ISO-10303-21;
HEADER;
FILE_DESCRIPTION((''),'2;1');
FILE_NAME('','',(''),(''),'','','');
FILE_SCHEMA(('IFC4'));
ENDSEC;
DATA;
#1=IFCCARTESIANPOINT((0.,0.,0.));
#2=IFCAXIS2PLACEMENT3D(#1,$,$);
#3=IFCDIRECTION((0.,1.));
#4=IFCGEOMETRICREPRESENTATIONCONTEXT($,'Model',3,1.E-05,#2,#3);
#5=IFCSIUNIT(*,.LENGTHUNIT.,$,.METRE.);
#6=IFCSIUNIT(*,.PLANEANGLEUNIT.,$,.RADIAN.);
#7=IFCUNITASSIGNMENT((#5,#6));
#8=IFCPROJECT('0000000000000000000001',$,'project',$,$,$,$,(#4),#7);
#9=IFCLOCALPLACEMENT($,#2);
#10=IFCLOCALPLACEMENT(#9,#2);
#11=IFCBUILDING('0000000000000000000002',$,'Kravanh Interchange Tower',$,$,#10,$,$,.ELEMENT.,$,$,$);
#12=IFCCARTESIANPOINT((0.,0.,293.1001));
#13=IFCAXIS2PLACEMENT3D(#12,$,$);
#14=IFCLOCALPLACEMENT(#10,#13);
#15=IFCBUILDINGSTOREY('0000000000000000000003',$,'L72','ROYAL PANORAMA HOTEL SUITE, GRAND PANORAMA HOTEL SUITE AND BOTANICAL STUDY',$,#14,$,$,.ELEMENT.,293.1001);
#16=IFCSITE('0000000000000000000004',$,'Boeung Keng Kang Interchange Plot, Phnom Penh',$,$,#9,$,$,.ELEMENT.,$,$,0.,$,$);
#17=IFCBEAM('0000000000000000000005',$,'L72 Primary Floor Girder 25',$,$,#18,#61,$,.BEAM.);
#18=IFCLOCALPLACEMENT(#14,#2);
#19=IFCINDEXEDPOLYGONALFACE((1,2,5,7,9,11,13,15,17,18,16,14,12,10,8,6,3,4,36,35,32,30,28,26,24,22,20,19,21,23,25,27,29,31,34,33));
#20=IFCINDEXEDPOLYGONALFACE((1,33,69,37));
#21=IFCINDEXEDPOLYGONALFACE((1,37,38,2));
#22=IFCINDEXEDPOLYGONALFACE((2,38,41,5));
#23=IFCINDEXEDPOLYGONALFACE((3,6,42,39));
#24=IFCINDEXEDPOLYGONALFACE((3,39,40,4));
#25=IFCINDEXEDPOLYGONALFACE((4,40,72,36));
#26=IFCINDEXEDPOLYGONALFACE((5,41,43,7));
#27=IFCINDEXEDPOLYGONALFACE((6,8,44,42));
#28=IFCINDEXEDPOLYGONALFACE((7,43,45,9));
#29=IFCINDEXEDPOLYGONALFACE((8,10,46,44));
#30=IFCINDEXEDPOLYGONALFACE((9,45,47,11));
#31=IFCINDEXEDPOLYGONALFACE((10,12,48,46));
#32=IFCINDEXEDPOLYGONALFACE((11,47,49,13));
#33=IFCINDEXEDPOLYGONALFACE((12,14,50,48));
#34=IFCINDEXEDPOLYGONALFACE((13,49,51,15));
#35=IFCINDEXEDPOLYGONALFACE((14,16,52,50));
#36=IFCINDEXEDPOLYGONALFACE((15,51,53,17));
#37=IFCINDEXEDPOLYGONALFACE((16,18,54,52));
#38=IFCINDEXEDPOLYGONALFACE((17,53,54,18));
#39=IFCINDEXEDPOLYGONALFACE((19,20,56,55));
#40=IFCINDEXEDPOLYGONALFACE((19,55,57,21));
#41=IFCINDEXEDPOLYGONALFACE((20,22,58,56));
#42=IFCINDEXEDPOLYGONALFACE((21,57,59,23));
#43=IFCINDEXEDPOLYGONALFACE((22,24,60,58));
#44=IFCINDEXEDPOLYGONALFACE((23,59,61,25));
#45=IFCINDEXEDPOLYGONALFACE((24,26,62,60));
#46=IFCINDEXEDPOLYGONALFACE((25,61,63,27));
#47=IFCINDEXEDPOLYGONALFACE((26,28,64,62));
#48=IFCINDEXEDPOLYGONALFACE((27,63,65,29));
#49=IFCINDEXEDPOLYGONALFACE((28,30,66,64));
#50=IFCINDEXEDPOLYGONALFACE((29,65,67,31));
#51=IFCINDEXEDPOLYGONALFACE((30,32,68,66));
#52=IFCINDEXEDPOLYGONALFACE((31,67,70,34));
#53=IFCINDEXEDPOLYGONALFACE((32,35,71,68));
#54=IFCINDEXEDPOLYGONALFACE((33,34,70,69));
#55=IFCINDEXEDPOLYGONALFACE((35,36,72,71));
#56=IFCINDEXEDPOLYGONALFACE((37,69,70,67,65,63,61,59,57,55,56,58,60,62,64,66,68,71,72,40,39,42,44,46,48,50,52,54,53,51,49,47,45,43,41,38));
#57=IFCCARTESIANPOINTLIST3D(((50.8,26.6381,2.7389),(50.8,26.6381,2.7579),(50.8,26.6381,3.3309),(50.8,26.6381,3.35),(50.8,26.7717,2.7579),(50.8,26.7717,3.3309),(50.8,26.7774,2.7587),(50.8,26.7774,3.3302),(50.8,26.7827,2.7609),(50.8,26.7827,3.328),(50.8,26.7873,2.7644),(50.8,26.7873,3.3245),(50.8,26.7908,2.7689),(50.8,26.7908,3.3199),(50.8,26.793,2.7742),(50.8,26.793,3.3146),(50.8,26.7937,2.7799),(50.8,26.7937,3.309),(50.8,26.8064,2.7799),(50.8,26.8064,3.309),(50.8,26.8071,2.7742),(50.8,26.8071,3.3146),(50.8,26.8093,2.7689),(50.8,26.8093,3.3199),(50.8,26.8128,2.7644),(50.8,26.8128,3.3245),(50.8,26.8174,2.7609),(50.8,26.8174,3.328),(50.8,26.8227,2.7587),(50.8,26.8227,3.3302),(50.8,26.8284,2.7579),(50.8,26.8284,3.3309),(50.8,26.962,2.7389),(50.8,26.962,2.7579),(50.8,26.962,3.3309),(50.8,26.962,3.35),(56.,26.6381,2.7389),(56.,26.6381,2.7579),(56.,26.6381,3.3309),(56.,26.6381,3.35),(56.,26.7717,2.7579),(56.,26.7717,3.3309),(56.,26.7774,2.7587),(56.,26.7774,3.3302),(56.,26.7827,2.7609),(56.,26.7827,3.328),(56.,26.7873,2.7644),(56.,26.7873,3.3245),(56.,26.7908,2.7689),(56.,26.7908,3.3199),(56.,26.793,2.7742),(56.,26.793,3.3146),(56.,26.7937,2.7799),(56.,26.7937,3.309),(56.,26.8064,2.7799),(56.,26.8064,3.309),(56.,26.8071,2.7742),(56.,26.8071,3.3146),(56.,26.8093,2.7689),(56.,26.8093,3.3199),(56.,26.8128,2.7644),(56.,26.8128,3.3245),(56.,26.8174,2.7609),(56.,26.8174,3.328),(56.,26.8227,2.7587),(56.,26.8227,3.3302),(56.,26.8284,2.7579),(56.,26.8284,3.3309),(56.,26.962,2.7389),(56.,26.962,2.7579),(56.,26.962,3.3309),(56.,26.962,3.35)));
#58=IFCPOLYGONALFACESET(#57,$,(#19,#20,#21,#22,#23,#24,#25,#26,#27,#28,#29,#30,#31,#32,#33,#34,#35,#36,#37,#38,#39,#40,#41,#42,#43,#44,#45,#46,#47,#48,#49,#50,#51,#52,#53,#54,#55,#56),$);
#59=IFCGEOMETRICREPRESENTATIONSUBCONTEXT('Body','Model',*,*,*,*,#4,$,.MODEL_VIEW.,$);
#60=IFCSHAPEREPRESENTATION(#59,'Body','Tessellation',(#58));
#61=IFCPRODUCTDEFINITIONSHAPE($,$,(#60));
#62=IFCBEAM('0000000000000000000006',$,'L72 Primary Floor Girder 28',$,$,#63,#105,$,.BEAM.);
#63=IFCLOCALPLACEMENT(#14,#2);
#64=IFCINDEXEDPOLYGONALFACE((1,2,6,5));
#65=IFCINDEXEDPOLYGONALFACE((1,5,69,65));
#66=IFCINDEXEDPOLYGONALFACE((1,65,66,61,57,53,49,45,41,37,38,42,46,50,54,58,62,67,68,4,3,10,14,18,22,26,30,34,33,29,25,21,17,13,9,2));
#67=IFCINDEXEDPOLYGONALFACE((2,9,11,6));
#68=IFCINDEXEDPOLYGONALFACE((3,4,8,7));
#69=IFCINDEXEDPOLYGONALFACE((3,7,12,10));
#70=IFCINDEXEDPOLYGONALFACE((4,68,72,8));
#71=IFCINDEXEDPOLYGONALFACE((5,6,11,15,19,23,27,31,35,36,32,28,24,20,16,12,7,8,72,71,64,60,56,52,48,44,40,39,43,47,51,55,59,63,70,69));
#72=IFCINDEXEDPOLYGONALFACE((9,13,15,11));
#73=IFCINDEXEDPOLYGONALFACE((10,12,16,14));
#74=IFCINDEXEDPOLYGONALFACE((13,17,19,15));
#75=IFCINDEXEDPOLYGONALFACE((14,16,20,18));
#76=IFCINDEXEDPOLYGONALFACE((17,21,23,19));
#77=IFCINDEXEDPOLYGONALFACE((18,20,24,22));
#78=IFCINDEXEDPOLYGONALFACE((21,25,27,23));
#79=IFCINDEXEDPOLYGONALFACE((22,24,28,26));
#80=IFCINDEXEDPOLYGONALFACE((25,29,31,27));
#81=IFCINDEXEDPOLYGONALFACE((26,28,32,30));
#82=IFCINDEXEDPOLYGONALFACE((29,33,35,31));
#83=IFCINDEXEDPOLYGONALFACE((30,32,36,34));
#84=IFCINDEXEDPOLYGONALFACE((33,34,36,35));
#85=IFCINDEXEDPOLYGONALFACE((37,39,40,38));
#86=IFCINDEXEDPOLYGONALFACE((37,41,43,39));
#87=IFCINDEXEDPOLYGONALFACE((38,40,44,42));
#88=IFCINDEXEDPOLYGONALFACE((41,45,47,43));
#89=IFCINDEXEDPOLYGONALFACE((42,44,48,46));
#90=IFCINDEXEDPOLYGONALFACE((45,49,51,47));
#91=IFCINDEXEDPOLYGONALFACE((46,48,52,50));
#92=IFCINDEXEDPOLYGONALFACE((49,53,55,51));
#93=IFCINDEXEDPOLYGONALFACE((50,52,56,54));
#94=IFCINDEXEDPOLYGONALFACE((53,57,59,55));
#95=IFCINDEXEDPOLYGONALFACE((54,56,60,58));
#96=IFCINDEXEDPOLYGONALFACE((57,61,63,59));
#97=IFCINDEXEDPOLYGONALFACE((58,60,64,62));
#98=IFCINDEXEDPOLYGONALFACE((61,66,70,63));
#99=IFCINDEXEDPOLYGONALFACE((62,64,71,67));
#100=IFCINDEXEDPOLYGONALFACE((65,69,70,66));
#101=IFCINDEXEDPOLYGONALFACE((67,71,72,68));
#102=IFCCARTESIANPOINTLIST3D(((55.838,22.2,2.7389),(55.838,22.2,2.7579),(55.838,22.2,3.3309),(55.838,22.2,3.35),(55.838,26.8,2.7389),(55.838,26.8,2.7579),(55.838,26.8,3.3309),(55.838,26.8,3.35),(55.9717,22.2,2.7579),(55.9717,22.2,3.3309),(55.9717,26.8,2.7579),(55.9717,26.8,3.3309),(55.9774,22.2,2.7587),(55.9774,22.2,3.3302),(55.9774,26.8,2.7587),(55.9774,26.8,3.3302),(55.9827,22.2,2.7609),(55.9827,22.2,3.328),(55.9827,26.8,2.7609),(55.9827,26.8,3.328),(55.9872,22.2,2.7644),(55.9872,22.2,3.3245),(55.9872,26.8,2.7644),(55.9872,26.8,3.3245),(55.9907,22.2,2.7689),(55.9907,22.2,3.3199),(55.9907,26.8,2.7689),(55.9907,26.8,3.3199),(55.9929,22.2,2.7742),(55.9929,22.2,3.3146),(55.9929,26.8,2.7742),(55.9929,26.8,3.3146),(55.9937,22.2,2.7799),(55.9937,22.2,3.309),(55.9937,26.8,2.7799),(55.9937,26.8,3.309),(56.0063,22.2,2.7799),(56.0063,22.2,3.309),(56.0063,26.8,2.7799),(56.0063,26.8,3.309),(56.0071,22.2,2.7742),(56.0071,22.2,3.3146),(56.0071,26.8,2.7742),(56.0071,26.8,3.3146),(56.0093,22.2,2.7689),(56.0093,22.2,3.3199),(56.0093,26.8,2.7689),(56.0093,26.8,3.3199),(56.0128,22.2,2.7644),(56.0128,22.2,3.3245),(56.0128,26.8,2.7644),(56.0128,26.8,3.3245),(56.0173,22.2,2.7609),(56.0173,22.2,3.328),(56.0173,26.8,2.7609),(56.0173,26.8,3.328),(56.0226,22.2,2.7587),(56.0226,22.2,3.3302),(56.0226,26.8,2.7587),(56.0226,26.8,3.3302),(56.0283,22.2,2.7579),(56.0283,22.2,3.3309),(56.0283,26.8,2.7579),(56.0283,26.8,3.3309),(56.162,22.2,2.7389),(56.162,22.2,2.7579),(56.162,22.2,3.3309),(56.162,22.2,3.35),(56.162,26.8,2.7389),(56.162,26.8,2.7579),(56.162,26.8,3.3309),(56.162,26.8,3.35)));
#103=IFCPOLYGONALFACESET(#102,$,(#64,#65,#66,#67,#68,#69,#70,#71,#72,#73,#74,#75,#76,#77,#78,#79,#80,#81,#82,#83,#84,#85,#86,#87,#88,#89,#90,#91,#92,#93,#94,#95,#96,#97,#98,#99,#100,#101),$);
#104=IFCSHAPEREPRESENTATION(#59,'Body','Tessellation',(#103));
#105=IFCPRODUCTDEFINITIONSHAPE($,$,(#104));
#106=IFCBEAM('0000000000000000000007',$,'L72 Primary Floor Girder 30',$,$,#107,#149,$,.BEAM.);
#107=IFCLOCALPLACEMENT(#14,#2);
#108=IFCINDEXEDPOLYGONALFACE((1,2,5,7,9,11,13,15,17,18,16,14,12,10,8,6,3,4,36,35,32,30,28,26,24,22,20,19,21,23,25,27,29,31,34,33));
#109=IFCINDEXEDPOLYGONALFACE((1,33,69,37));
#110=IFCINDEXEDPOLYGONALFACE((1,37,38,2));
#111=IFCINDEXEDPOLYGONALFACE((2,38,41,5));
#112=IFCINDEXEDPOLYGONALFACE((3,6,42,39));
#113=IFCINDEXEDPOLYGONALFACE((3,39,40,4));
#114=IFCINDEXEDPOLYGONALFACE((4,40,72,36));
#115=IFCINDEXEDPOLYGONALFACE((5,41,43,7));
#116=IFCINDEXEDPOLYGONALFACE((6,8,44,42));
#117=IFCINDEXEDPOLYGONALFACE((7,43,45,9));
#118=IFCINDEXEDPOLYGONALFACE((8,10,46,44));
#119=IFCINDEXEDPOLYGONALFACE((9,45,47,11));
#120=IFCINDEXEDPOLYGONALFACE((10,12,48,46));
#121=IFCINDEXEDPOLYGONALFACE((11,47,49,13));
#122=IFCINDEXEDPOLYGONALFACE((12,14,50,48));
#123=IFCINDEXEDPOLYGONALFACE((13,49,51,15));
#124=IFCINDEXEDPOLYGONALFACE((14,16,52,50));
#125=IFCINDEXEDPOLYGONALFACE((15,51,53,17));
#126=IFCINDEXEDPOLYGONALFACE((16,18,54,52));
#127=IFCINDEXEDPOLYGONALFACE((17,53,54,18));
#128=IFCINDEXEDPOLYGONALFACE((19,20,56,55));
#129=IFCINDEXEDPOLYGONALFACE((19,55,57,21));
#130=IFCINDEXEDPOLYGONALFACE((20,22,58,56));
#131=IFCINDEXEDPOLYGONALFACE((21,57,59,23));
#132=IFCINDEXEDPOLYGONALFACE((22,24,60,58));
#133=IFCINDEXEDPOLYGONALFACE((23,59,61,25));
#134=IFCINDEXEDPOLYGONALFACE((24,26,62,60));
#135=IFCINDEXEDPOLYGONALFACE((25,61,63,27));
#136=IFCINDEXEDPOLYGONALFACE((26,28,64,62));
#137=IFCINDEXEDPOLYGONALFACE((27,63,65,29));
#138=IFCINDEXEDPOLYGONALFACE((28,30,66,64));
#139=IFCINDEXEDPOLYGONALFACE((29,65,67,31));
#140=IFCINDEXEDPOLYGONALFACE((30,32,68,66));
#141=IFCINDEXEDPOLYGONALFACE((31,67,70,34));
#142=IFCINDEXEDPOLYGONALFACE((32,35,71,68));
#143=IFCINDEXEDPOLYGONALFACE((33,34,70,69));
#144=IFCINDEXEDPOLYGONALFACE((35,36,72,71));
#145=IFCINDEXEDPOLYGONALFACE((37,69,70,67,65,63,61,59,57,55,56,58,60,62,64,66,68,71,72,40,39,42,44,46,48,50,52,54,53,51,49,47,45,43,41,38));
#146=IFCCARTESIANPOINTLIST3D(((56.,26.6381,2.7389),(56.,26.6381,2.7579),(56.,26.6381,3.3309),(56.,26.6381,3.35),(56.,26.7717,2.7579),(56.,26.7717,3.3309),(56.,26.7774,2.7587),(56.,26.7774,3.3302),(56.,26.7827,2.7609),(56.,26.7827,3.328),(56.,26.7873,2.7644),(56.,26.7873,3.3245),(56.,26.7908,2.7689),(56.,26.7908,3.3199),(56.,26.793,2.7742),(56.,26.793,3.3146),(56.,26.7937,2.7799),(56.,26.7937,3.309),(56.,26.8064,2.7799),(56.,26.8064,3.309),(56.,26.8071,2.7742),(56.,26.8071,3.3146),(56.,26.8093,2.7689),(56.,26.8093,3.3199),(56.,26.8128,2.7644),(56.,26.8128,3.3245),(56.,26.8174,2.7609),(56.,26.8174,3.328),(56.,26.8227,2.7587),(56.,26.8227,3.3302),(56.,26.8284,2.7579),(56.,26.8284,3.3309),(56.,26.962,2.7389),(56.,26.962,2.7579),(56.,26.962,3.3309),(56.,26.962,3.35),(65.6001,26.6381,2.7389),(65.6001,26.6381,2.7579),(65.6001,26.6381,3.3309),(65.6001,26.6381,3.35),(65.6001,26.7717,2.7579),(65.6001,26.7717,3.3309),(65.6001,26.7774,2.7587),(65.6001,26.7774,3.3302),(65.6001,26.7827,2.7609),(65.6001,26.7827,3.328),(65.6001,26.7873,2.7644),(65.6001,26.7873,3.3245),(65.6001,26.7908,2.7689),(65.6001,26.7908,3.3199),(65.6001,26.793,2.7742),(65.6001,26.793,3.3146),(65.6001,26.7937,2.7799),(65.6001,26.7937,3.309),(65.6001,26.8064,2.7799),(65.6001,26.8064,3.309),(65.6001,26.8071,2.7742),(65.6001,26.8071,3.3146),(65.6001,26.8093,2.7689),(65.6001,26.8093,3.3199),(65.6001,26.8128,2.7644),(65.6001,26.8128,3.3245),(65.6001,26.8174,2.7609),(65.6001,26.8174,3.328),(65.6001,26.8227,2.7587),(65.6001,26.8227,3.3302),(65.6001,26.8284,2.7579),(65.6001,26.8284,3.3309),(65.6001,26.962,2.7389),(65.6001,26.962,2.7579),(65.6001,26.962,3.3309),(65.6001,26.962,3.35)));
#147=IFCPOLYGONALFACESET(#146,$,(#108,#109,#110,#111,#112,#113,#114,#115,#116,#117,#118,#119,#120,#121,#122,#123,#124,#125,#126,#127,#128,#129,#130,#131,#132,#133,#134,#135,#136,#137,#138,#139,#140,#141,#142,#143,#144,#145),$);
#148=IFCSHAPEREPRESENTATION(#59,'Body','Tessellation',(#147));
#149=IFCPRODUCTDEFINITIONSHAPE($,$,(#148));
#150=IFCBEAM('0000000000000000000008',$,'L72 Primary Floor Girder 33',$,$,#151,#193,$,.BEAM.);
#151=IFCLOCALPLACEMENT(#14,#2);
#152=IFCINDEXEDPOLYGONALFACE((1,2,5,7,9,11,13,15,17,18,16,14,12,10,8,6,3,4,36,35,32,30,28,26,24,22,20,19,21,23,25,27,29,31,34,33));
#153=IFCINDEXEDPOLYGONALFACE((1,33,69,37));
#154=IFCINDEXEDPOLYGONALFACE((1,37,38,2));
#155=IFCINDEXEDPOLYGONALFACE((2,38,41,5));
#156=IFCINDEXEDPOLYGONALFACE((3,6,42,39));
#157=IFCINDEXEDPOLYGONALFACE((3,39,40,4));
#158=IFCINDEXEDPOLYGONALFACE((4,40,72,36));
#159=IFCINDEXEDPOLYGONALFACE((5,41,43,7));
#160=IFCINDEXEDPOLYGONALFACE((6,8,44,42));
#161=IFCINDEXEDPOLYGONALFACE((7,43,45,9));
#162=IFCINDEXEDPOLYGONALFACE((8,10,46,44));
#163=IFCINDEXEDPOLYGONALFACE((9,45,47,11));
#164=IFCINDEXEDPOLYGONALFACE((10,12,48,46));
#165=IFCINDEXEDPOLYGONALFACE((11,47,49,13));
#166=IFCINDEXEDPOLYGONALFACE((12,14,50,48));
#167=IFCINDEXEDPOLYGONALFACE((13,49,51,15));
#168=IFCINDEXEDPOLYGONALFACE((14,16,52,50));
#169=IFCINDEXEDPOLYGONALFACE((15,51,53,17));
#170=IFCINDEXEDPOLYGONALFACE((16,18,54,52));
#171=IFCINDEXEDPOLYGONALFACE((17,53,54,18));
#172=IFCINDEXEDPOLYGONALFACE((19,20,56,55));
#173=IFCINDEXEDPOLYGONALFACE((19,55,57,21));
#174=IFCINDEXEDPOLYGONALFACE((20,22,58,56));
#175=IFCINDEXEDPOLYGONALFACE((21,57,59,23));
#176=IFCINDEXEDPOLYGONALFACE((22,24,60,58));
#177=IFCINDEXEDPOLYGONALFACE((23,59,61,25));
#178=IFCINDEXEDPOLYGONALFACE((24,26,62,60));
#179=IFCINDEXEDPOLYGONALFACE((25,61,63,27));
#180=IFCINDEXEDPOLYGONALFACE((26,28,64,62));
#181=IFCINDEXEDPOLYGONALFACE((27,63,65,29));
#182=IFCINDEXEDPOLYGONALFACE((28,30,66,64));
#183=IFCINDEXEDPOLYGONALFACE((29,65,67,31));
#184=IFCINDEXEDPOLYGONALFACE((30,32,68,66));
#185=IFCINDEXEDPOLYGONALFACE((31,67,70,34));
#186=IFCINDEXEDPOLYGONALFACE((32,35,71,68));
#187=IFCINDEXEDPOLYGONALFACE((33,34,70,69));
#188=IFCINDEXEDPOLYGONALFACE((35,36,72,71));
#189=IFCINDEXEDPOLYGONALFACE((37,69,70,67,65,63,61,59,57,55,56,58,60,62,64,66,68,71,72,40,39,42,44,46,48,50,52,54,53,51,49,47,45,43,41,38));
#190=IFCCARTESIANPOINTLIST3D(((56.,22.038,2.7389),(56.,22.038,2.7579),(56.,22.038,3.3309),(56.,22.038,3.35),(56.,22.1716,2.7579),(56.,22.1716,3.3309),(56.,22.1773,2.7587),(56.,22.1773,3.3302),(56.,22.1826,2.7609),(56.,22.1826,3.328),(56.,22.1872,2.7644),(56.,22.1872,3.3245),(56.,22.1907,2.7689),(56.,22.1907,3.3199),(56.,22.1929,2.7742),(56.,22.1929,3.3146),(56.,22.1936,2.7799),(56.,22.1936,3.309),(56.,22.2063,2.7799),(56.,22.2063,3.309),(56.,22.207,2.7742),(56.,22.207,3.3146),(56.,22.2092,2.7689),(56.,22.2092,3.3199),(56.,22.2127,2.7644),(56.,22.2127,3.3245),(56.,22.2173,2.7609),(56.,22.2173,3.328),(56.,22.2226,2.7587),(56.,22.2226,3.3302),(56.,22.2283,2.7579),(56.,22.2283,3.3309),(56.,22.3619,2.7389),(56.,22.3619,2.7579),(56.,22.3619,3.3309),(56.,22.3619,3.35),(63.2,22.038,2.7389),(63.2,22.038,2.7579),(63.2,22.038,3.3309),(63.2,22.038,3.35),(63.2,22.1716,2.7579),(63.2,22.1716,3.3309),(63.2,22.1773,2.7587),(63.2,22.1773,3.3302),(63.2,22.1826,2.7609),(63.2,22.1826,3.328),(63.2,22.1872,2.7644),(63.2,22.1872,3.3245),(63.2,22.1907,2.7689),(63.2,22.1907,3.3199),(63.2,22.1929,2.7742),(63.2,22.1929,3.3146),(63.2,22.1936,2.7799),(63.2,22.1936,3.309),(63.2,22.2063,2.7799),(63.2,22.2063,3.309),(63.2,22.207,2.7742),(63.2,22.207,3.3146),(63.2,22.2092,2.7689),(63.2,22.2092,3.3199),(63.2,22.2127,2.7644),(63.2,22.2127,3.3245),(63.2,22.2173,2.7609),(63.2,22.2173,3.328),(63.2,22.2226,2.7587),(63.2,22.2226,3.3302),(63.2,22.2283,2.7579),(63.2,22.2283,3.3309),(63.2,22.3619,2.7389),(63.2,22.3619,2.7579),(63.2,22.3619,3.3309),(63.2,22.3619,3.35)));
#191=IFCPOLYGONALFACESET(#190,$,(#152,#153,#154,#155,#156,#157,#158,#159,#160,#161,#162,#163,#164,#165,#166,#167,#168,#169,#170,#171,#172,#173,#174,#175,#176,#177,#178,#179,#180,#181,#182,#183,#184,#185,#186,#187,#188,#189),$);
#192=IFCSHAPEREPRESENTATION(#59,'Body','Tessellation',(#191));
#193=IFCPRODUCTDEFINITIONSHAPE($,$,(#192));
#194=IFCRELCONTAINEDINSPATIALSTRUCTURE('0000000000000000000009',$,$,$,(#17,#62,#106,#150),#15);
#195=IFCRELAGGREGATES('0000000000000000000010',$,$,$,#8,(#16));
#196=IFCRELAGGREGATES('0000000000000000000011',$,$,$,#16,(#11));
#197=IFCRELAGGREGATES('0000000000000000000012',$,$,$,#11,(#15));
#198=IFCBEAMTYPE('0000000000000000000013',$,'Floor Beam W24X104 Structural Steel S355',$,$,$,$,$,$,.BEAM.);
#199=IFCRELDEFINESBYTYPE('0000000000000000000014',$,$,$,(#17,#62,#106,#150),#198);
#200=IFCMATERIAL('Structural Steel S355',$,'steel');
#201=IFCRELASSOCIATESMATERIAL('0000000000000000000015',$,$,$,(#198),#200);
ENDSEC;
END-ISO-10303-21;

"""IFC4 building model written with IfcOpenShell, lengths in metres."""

from ifc_helpers import new_model, si_unit, direction, frame, origin, origin_2d, place, context, subcontext, project, spatial, i_section, extrude, material, material_profile, profile_set, type_object, element, save


model = new_model("IFC4")

# Units and contexts
model_context = context("Model", 3, precision=1e-05, world=origin(), true_north=direction((0.0, 1.0)))
body_context = subcontext(model_context, "Body", "Model", "MODEL_VIEW")
ifc_project = project(units=[si_unit("LENGTHUNIT", "METRE"), si_unit("PLANEANGLEUNIT", "RADIAN")], contexts=[model_context])

# Site, building, storey
site_placement = place(None, origin())
site = spatial("IfcSite", under=ifc_project, at=site_placement, Name="Boeung Keng Kang Interchange Plot, Phnom Penh", CompositionType="ELEMENT", RefElevation=0.0)
building_placement = place(site_placement, origin())
building = spatial("IfcBuilding", under=site, at=building_placement, Name="Kravanh Interchange Tower", CompositionType="ELEMENT")
storey_placement = place(building_placement, frame((0.0, 0.0, 293.1001)))
storey = spatial("IfcBuildingStorey", under=building, at=storey_placement, Name="L72", Description="ROYAL PANORAMA HOTEL SUITE, GRAND PANORAMA HOTEL SUITE AND BOTANICAL STUDY", CompositionType="ELEMENT", Elevation=293.1001)

# Beams
ifc_material_1 = material(Name="Structural Steel S355", Category="steel")
ifc_material_profile_1 = material_profile(ifc_material_1, i_section(OverallWidth=0.324, OverallDepth=0.6111, WebThickness=0.0127, FlangeThickness=0.019, FilletRadius=0.022, at=origin_2d()), Name="W24X104")
ifc_profile_set_1 = profile_set([ifc_material_profile_1], Name="Structural Steel S355")
beam_type_1 = type_object("IfcBeamType", Name="Floor Beam W24X104 Structural Steel S355", PredefinedType="BEAM", material=ifc_profile_set_1)
beam_1_placement = place(storey_placement, frame((50.8, 26.8, 3.0444), z_axis=(1.0, 0.0, 0.0), x_axis=(0.0, 1.0, 0.0)))
element("IfcBeam", 1, at=beam_1_placement, inside=storey, type_object=beam_type_1, Name="L72 Primary Floor Girder 25", PredefinedType="BEAM", context=body_context, shape_type="SweptSolid", body=[
    extrude(i_section(OverallWidth=0.324, OverallDepth=0.6111, WebThickness=0.0127, FlangeThickness=0.019, FilletRadius=0.022, at=origin_2d()), origin(), (0.0, 0.0, 1.0), 5.2),
])
beam_2_placement = place(storey_placement, frame((56.0, 26.8, 3.0444), z_axis=(0.0, -1.0, 0.0), x_axis=(1.0, 0.0, 0.0)))
element("IfcBeam", 2, at=beam_2_placement, inside=storey, type_object=beam_type_1, Name="L72 Primary Floor Girder 28", PredefinedType="BEAM", context=body_context, shape_type="SweptSolid", body=[
    extrude(i_section(OverallWidth=0.324, OverallDepth=0.6111, WebThickness=0.0127, FlangeThickness=0.019, FilletRadius=0.022, at=origin_2d()), origin(), (0.0, 0.0, 1.0), 4.6001),
])
beam_3_placement = place(storey_placement, frame((56.0, 26.8, 3.0444), z_axis=(1.0, 0.0, 0.0), x_axis=(0.0, 1.0, 0.0)))
element("IfcBeam", 3, at=beam_3_placement, inside=storey, type_object=beam_type_1, Name="L72 Primary Floor Girder 30", PredefinedType="BEAM", context=body_context, shape_type="SweptSolid", body=[
    extrude(i_section(OverallWidth=0.324, OverallDepth=0.6111, WebThickness=0.0127, FlangeThickness=0.019, FilletRadius=0.022, at=origin_2d()), origin(), (0.0, 0.0, 1.0), 9.6001),
])
beam_4_placement = place(storey_placement, frame((56.0, 22.2, 3.0444), z_axis=(1.0, 0.0, 0.0), x_axis=(0.0, 1.0, 0.0)))
element("IfcBeam", 4, at=beam_4_placement, inside=storey, type_object=beam_type_1, Name="L72 Primary Floor Girder 33", PredefinedType="BEAM", context=body_context, shape_type="SweptSolid", body=[
    extrude(i_section(OverallWidth=0.324, OverallDepth=0.6111, WebThickness=0.0127, FlangeThickness=0.019, FilletRadius=0.022, at=origin_2d()), origin(), (0.0, 0.0, 1.0), 7.2),
])

save(model, "model.ifc")
